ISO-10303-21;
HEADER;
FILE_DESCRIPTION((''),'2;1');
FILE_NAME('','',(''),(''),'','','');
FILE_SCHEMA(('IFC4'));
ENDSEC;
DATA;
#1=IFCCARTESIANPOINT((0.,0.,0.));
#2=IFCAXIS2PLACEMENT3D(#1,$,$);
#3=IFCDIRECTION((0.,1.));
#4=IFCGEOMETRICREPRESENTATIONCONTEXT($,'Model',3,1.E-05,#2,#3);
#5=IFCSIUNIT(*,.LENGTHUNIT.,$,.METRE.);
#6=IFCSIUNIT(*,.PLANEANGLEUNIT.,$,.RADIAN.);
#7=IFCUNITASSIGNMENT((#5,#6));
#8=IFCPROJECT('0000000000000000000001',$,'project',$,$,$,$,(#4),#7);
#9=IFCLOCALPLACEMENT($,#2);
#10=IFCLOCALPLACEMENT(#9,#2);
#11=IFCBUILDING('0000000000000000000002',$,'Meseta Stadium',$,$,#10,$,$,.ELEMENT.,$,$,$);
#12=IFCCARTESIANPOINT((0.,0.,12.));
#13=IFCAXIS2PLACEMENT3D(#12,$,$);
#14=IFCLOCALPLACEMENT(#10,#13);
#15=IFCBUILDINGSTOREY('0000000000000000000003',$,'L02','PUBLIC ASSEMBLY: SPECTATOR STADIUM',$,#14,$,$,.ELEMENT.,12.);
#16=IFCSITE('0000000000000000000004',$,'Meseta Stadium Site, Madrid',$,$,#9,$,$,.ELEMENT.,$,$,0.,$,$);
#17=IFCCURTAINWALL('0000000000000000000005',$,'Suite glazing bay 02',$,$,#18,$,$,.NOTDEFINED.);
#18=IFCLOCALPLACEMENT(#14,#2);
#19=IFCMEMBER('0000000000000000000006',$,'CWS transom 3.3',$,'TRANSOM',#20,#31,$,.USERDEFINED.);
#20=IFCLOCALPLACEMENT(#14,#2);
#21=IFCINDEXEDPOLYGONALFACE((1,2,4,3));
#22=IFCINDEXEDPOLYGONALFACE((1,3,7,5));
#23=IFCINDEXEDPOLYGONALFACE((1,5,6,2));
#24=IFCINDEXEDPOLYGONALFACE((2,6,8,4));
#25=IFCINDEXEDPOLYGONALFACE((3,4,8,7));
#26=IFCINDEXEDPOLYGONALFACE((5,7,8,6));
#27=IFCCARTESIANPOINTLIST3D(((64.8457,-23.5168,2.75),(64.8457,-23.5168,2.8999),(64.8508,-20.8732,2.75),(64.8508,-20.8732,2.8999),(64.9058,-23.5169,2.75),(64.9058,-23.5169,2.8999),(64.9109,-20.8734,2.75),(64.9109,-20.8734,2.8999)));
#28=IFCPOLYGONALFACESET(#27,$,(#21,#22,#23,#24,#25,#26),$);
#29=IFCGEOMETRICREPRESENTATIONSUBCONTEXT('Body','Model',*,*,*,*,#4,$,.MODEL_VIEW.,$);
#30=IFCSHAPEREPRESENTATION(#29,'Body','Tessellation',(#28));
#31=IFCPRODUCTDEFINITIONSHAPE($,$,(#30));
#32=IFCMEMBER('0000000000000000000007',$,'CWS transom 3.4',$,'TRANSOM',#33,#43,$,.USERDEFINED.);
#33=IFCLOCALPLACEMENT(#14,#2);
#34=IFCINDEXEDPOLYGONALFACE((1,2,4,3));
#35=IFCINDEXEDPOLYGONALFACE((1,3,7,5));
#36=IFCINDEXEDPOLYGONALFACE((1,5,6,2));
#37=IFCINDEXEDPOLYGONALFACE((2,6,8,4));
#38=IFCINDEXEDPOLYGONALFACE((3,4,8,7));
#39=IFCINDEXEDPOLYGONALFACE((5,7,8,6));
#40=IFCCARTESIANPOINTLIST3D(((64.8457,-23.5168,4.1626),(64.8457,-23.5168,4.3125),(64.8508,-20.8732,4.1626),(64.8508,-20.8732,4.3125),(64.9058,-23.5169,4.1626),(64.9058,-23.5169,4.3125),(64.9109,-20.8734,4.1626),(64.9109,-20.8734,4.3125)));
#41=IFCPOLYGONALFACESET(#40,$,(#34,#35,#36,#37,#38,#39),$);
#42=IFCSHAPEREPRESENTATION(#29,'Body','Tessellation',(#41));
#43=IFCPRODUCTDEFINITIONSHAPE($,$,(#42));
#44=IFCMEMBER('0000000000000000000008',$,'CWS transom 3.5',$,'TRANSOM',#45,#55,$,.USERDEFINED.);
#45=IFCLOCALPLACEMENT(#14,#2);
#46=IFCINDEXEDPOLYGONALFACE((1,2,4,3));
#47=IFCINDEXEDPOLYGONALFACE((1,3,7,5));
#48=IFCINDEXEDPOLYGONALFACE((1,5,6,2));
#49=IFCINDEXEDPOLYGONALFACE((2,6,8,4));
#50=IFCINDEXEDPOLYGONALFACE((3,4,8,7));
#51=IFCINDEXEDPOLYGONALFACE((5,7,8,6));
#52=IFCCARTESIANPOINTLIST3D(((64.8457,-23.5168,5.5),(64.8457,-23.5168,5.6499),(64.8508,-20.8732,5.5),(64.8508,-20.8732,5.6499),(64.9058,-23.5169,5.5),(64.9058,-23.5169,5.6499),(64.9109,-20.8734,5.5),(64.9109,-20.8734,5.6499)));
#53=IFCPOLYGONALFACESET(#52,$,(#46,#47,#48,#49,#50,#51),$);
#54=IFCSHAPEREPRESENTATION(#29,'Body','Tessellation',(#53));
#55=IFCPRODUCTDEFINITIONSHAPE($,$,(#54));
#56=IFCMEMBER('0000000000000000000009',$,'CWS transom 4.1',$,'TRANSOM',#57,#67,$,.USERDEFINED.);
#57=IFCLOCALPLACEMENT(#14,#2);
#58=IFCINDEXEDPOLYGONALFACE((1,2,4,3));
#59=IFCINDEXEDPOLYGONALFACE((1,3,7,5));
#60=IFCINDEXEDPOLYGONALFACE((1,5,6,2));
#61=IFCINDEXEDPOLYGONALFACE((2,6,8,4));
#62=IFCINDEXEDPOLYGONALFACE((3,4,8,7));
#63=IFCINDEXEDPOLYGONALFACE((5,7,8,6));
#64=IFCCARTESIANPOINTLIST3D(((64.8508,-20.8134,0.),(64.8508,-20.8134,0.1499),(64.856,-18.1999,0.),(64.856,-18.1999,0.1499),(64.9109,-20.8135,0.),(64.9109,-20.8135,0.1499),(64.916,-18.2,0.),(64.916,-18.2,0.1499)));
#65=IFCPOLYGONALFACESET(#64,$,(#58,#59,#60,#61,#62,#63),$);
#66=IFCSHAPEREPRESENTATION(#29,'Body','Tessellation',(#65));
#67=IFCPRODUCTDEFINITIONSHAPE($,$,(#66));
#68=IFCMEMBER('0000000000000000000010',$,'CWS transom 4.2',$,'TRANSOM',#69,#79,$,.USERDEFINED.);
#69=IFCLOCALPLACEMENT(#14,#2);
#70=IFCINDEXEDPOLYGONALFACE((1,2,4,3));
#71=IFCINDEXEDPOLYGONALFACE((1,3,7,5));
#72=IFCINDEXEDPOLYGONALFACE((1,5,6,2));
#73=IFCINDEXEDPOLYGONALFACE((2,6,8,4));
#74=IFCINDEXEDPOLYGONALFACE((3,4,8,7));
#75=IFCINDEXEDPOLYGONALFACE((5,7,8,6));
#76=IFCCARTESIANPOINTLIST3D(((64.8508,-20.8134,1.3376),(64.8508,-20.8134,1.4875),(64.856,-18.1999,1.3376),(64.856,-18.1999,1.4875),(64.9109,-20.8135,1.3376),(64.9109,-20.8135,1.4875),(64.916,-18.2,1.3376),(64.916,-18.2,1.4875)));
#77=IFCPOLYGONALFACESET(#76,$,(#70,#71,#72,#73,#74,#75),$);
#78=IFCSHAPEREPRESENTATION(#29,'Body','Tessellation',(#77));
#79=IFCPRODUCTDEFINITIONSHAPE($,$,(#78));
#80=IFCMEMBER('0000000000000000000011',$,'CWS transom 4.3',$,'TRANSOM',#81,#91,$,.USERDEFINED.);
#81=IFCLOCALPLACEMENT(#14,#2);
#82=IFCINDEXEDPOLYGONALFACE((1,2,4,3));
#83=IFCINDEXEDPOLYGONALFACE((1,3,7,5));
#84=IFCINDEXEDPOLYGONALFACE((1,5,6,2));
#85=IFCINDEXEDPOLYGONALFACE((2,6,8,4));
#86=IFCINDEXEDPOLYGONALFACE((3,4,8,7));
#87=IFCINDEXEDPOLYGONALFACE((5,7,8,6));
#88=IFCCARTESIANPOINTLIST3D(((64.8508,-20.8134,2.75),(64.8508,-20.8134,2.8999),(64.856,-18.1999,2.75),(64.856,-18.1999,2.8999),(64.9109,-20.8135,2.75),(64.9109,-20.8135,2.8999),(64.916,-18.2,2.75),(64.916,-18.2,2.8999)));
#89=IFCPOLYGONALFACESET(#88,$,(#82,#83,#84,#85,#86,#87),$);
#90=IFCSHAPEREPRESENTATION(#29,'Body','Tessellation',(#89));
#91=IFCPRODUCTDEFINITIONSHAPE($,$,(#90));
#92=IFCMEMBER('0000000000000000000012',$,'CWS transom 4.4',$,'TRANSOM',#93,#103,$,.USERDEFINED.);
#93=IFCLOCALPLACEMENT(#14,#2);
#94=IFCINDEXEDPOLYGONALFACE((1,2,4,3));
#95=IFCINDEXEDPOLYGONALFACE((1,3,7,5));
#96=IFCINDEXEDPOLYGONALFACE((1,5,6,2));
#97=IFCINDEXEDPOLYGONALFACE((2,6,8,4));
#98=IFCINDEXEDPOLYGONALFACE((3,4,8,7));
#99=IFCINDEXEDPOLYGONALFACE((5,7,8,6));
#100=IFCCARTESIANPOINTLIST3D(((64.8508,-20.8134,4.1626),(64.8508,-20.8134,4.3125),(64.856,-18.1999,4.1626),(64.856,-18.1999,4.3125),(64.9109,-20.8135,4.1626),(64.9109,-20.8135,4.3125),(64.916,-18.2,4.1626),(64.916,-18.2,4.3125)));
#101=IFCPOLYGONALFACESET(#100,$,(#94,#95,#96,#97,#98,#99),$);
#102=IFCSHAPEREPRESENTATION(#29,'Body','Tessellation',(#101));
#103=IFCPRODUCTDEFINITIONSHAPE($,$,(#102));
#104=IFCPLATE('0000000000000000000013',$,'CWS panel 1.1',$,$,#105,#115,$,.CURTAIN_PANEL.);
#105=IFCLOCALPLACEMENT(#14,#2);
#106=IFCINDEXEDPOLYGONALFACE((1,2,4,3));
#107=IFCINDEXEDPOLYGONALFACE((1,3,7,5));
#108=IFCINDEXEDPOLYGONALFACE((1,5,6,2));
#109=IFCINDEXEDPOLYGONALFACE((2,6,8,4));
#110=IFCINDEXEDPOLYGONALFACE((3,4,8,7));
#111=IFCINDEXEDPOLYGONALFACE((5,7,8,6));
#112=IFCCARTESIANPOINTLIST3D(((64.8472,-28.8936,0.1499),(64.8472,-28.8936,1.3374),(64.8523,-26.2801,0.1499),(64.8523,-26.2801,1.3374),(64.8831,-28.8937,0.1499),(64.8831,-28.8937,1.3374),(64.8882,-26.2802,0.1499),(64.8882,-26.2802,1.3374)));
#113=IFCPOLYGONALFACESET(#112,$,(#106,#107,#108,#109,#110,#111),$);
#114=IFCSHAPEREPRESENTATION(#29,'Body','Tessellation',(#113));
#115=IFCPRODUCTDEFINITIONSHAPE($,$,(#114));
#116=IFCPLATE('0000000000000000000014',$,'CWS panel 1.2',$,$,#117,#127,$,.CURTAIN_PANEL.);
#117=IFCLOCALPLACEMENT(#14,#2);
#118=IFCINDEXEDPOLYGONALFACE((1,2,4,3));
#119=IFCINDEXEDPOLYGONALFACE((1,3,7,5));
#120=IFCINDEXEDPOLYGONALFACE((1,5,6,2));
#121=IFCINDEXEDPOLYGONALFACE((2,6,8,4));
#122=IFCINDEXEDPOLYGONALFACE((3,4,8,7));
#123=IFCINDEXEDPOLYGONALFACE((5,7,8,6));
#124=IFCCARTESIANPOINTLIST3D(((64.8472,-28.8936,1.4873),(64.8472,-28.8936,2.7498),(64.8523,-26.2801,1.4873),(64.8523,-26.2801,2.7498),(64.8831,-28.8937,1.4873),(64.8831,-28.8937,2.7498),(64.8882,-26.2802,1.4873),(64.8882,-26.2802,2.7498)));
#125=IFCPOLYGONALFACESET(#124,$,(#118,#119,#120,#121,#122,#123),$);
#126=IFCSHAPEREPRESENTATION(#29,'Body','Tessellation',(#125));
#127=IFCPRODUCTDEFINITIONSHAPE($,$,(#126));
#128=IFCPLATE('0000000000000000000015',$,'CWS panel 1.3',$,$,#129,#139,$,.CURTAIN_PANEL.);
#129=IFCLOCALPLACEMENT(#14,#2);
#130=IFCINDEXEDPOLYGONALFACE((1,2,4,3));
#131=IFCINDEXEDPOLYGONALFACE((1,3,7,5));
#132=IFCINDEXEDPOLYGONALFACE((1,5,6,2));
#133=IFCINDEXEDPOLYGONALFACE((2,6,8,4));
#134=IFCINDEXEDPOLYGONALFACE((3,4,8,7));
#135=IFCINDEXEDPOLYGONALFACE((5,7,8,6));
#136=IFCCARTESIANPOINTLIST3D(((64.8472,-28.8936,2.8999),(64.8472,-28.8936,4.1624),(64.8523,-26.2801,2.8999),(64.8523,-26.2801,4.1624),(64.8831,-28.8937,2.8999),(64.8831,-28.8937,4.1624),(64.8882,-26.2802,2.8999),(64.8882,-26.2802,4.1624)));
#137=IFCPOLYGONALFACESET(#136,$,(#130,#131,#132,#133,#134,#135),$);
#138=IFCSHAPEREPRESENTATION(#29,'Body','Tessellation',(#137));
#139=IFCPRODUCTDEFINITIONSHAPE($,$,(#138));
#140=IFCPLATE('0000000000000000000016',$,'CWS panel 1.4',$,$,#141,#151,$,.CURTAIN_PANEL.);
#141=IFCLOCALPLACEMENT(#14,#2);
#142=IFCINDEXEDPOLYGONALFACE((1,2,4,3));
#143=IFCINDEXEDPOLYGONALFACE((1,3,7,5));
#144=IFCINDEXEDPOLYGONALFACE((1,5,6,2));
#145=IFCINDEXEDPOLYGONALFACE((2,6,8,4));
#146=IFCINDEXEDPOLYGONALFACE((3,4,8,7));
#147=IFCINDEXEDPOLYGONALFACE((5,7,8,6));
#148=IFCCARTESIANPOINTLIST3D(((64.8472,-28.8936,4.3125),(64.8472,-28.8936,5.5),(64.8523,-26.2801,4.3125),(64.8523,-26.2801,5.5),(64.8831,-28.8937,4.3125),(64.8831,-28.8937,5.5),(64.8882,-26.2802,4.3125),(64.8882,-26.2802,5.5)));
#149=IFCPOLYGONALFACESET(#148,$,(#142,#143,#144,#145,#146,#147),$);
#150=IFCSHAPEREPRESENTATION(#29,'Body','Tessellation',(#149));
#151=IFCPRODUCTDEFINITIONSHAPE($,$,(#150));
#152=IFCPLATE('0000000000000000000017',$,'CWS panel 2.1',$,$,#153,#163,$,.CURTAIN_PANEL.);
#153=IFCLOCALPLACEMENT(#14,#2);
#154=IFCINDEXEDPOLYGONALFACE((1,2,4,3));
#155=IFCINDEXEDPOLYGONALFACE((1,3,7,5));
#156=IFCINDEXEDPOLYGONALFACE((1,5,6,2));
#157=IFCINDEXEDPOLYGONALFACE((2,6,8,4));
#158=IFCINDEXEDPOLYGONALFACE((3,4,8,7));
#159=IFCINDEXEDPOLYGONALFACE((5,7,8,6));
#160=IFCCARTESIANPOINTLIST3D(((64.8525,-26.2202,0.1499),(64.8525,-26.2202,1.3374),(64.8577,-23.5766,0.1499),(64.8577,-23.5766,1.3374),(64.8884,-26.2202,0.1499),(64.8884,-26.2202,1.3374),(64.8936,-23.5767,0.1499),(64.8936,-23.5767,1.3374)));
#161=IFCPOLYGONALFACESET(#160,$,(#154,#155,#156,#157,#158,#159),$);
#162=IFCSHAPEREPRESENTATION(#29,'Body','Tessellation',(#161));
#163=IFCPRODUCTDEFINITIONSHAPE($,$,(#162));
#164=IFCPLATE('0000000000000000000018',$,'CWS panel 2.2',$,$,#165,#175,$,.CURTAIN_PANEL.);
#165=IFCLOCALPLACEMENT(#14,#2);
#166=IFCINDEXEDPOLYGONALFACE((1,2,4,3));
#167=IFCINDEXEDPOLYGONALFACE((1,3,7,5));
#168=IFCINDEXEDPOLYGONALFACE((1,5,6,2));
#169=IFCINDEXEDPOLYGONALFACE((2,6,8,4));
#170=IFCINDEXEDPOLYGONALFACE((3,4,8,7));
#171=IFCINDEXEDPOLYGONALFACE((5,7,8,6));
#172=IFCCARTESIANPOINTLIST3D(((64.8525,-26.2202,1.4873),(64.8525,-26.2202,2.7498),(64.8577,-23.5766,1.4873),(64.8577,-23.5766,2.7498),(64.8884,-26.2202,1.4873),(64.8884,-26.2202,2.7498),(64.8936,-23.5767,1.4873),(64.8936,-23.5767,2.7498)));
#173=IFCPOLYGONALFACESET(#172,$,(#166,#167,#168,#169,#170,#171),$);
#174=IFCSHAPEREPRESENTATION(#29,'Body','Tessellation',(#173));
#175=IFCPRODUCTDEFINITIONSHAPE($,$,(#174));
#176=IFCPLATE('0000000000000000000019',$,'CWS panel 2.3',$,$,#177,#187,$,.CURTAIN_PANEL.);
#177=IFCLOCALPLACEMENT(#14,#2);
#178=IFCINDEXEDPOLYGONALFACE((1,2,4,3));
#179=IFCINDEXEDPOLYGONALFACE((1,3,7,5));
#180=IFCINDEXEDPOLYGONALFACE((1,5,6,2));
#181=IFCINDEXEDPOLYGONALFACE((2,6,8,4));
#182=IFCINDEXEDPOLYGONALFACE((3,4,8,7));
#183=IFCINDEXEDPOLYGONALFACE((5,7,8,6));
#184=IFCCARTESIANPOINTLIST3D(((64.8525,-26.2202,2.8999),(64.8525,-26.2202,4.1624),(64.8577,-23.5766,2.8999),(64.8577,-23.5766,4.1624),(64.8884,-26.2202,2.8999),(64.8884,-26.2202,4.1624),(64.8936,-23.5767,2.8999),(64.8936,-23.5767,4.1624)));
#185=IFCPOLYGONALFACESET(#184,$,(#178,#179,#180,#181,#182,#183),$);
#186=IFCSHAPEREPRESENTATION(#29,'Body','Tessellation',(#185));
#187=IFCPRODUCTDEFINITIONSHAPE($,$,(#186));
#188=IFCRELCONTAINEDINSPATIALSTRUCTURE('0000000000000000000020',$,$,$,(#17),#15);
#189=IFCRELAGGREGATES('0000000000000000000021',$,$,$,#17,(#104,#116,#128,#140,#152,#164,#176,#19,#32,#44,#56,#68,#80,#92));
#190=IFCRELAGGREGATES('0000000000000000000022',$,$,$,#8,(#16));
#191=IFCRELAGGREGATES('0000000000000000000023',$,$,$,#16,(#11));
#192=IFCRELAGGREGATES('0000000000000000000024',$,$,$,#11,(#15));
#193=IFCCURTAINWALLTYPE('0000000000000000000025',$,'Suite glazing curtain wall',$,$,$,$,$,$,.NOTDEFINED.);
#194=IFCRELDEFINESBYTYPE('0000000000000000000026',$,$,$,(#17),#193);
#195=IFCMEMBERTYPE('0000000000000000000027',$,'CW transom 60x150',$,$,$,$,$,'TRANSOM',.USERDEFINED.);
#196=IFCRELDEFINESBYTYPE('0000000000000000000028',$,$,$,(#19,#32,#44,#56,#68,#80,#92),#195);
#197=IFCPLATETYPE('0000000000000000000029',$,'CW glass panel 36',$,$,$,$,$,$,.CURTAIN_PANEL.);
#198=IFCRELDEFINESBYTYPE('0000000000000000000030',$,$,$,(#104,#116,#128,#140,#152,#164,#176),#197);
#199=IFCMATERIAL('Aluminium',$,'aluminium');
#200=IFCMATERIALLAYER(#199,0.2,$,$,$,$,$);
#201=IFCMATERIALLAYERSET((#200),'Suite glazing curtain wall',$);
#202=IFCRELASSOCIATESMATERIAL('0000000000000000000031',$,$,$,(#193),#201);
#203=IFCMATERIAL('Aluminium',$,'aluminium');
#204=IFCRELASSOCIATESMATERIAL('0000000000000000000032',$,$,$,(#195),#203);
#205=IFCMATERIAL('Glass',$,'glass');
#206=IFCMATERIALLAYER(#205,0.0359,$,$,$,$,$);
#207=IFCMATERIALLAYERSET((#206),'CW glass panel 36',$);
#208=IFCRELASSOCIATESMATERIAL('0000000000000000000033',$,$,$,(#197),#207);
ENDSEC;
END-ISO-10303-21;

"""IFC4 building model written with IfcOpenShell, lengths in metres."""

from ifc_helpers import new_model, si_unit, direction, frame, origin, origin_2d, place, context, subcontext, project, spatial, rectangle, extrude, material, layer, layer_set, material_profile, profile_set, type_object, element, aggregate, save


model = new_model("IFC4")

# Units and contexts
model_context = context("Model", 3, precision=1e-05, world=origin(), true_north=direction((0.0, 1.0)))
body_context = subcontext(model_context, "Body", "Model", "MODEL_VIEW")
ifc_project = project(units=[si_unit("LENGTHUNIT", "METRE"), si_unit("PLANEANGLEUNIT", "RADIAN")], contexts=[model_context])

# Site, building, storey
site_placement = place(None, origin())
site = spatial("IfcSite", under=ifc_project, at=site_placement, Name="Meseta Stadium Site, Madrid", CompositionType="ELEMENT", RefElevation=0.0)
building_placement = place(site_placement, origin())
building = spatial("IfcBuilding", under=site, at=building_placement, Name="Meseta Stadium", CompositionType="ELEMENT")
storey_placement = place(building_placement, frame((0.0, 0.0, 12.0)))
storey = spatial("IfcBuildingStorey", under=building, at=storey_placement, Name="L02", Description="PUBLIC ASSEMBLY: SPECTATOR STADIUM", CompositionType="ELEMENT", Elevation=12.0)

# Curtain wall, members, plates
ifc_material_1 = material(Name="Aluminium", Category="aluminium")
ifc_layer_1 = layer(ifc_material_1, 0.2)
ifc_layer_set_1 = layer_set([ifc_layer_1], Name="Suite glazing curtain wall")
curtain_wall_type = type_object("IfcCurtainWallType", Name="Suite glazing curtain wall", PredefinedType="NOTDEFINED", material=ifc_layer_set_1)
curtain_wall_placement = place(storey_placement, origin())
curtain_wall = element("IfcCurtainWall", 1, at=curtain_wall_placement, inside=storey, type_object=curtain_wall_type, Name="Suite glazing bay 02", PredefinedType="NOTDEFINED")
ifc_material_2 = material(Name="Aluminium", Category="aluminium")
ifc_material_profile_1 = material_profile(ifc_material_2, rectangle(XDim=0.0601, YDim=0.1499, at=origin_2d()), Name="CW 60x150")
ifc_profile_set_1 = profile_set([ifc_material_profile_1], Name="Aluminium")
member_type_1 = type_object("IfcMemberType", Name="CW transom 60x150", ElementType="TRANSOM", PredefinedType="USERDEFINED", material=ifc_profile_set_1)
member_1_placement = place(storey_placement, frame((64.8757, -23.5168, 2.825), z_axis=(0.001939, 0.999998, 0.0), x_axis=(-0.999998, 0.001939, 0.0)))
member_1 = element("IfcMember", 2, at=member_1_placement, type_object=member_type_1, Name="CWS transom 3.3", ObjectType="TRANSOM", PredefinedType="USERDEFINED", context=body_context, shape_type="SweptSolid", body=[
    extrude(rectangle(XDim=0.0601, YDim=0.1499, at=origin_2d()), origin(), (0.0, 0.0, 1.0), 2.6436),
])
member_2_placement = place(storey_placement, frame((64.8757, -23.5168, 4.2375), z_axis=(0.001939, 0.999998, 0.0), x_axis=(-0.999998, 0.001939, 0.0)))
member_2 = element("IfcMember", 3, at=member_2_placement, type_object=member_type_1, Name="CWS transom 3.4", ObjectType="TRANSOM", PredefinedType="USERDEFINED", context=body_context, shape_type="SweptSolid", body=[
    extrude(rectangle(XDim=0.0601, YDim=0.1499, at=origin_2d()), origin(), (0.0, 0.0, 1.0), 2.6436),
])
member_3_placement = place(storey_placement, frame((64.8757, -23.5168, 5.575), z_axis=(0.001939, 0.999998, 0.0), x_axis=(-0.999998, 0.001939, 0.0)))
member_3 = element("IfcMember", 4, at=member_3_placement, type_object=member_type_1, Name="CWS transom 3.5", ObjectType="TRANSOM", PredefinedType="USERDEFINED", context=body_context, shape_type="SweptSolid", body=[
    extrude(rectangle(XDim=0.0601, YDim=0.1499, at=origin_2d()), origin(), (0.0, 0.0, 1.0), 2.6436),
])
member_4_placement = place(storey_placement, frame((64.8809, -20.8135, 0.075), z_axis=(0.001962, 0.999998, 0.0), x_axis=(-0.999998, 0.001962, 0.0)))
member_4 = element("IfcMember", 5, at=member_4_placement, type_object=member_type_1, Name="CWS transom 4.1", ObjectType="TRANSOM", PredefinedType="USERDEFINED", context=body_context, shape_type="SweptSolid", body=[
    extrude(rectangle(XDim=0.0601, YDim=0.1499, at=origin_2d()), origin(), (0.0, 0.0, 1.0), 2.6135),
])
member_5_placement = place(storey_placement, frame((64.8809, -20.8135, 1.4126), z_axis=(0.001962, 0.999998, 0.0), x_axis=(-0.999998, 0.001962, 0.0)))
member_5 = element("IfcMember", 6, at=member_5_placement, type_object=member_type_1, Name="CWS transom 4.2", ObjectType="TRANSOM", PredefinedType="USERDEFINED", context=body_context, shape_type="SweptSolid", body=[
    extrude(rectangle(XDim=0.0601, YDim=0.1499, at=origin_2d()), origin(), (0.0, 0.0, 1.0), 2.6135),
])
member_6_placement = place(storey_placement, frame((64.8809, -20.8135, 2.825), z_axis=(0.001962, 0.999998, 0.0), x_axis=(-0.999998, 0.001962, 0.0)))
member_6 = element("IfcMember", 7, at=member_6_placement, type_object=member_type_1, Name="CWS transom 4.3", ObjectType="TRANSOM", PredefinedType="USERDEFINED", context=body_context, shape_type="SweptSolid", body=[
    extrude(rectangle(XDim=0.0601, YDim=0.1499, at=origin_2d()), origin(), (0.0, 0.0, 1.0), 2.6135),
])
member_7_placement = place(storey_placement, frame((64.8809, -20.8135, 4.2375), z_axis=(0.001962, 0.999998, 0.0), x_axis=(-0.999998, 0.001962, 0.0)))
member_7 = element("IfcMember", 8, at=member_7_placement, type_object=member_type_1, Name="CWS transom 4.4", ObjectType="TRANSOM", PredefinedType="USERDEFINED", context=body_context, shape_type="SweptSolid", body=[
    extrude(rectangle(XDim=0.0601, YDim=0.1499, at=origin_2d()), origin(), (0.0, 0.0, 1.0), 2.6135),
])
ifc_material_3 = material(Name="Glass", Category="glass")
ifc_layer_2 = layer(ifc_material_3, 0.0359)
ifc_layer_set_2 = layer_set([ifc_layer_2], Name="CW glass panel 36")
plate_type = type_object("IfcPlateType", Name="CW glass panel 36", PredefinedType="CURTAIN_PANEL", material=ifc_layer_set_2)
plate_1_placement = place(storey_placement, frame((64.8677, -27.5869, 0.1499), z_axis=(0.0, 0.0, 1.0), x_axis=(0.001947, 0.999998, 0.0)))
plate_1 = element("IfcPlate", 9, at=plate_1_placement, type_object=plate_type, Name="CWS panel 1.1", PredefinedType="CURTAIN_PANEL", context=body_context, shape_type="SweptSolid", body=[
    extrude(rectangle(XDim=2.6135, YDim=0.0359, at=origin_2d()), origin(), (0.0, 0.0, 1.0), 1.1875),
])
plate_2_placement = place(storey_placement, frame((64.8677, -27.5869, 1.4873), z_axis=(0.0, 0.0, 1.0), x_axis=(0.001947, 0.999998, 0.0)))
plate_2 = element("IfcPlate", 10, at=plate_2_placement, type_object=plate_type, Name="CWS panel 1.2", PredefinedType="CURTAIN_PANEL", context=body_context, shape_type="SweptSolid", body=[
    extrude(rectangle(XDim=2.6135, YDim=0.0359, at=origin_2d()), origin(), (0.0, 0.0, 1.0), 1.2625),
])
plate_3_placement = place(storey_placement, frame((64.8677, -27.5869, 2.8999), z_axis=(0.0, 0.0, 1.0), x_axis=(0.001947, 0.999998, 0.0)))
plate_3 = element("IfcPlate", 11, at=plate_3_placement, type_object=plate_type, Name="CWS panel 1.3", PredefinedType="CURTAIN_PANEL", context=body_context, shape_type="SweptSolid", body=[
    extrude(rectangle(XDim=2.6135, YDim=0.0359, at=origin_2d()), origin(), (0.0, 0.0, 1.0), 1.2625),
])
plate_4_placement = place(storey_placement, frame((64.8677, -27.5869, 4.3125), z_axis=(0.0, 0.0, 1.0), x_axis=(0.001947, 0.999998, 0.0)))
plate_4 = element("IfcPlate", 12, at=plate_4_placement, type_object=plate_type, Name="CWS panel 1.4", PredefinedType="CURTAIN_PANEL", context=body_context, shape_type="SweptSolid", body=[
    extrude(rectangle(XDim=2.6135, YDim=0.0359, at=origin_2d()), origin(), (0.0, 0.0, 1.0), 1.1875),
])
plate_5_placement = place(storey_placement, frame((64.873, -24.8984, 0.1499), z_axis=(0.0, 0.0, 1.0), x_axis=(0.001947, 0.999998, 0.0)))
plate_5 = element("IfcPlate", 13, at=plate_5_placement, type_object=plate_type, Name="CWS panel 2.1", PredefinedType="CURTAIN_PANEL", context=body_context, shape_type="SweptSolid", body=[
    extrude(rectangle(XDim=2.6436, YDim=0.0359, at=origin_2d()), origin(), (0.0, 0.0, 1.0), 1.1875),
])
plate_6_placement = place(storey_placement, frame((64.873, -24.8984, 1.4873), z_axis=(0.0, 0.0, 1.0), x_axis=(0.001947, 0.999998, 0.0)))
plate_6 = element("IfcPlate", 14, at=plate_6_placement, type_object=plate_type, Name="CWS panel 2.2", PredefinedType="CURTAIN_PANEL", context=body_context, shape_type="SweptSolid", body=[
    extrude(rectangle(XDim=2.6436, YDim=0.0359, at=origin_2d()), origin(), (0.0, 0.0, 1.0), 1.2625),
])
plate_7_placement = place(storey_placement, frame((64.873, -24.8984, 2.8999), z_axis=(0.0, 0.0, 1.0), x_axis=(0.001947, 0.999998, 0.0)))
plate_7 = element("IfcPlate", 15, at=plate_7_placement, type_object=plate_type, Name="CWS panel 2.3", PredefinedType="CURTAIN_PANEL", context=body_context, shape_type="SweptSolid", body=[
    extrude(rectangle(XDim=2.6436, YDim=0.0359, at=origin_2d()), origin(), (0.0, 0.0, 1.0), 1.2625),
])
aggregate(curtain_wall, [plate_1, plate_2, plate_3, plate_4, plate_5, plate_6, plate_7, member_1, member_2, member_3, member_4, member_5, member_6, member_7])

save(model, "model.ifc")
